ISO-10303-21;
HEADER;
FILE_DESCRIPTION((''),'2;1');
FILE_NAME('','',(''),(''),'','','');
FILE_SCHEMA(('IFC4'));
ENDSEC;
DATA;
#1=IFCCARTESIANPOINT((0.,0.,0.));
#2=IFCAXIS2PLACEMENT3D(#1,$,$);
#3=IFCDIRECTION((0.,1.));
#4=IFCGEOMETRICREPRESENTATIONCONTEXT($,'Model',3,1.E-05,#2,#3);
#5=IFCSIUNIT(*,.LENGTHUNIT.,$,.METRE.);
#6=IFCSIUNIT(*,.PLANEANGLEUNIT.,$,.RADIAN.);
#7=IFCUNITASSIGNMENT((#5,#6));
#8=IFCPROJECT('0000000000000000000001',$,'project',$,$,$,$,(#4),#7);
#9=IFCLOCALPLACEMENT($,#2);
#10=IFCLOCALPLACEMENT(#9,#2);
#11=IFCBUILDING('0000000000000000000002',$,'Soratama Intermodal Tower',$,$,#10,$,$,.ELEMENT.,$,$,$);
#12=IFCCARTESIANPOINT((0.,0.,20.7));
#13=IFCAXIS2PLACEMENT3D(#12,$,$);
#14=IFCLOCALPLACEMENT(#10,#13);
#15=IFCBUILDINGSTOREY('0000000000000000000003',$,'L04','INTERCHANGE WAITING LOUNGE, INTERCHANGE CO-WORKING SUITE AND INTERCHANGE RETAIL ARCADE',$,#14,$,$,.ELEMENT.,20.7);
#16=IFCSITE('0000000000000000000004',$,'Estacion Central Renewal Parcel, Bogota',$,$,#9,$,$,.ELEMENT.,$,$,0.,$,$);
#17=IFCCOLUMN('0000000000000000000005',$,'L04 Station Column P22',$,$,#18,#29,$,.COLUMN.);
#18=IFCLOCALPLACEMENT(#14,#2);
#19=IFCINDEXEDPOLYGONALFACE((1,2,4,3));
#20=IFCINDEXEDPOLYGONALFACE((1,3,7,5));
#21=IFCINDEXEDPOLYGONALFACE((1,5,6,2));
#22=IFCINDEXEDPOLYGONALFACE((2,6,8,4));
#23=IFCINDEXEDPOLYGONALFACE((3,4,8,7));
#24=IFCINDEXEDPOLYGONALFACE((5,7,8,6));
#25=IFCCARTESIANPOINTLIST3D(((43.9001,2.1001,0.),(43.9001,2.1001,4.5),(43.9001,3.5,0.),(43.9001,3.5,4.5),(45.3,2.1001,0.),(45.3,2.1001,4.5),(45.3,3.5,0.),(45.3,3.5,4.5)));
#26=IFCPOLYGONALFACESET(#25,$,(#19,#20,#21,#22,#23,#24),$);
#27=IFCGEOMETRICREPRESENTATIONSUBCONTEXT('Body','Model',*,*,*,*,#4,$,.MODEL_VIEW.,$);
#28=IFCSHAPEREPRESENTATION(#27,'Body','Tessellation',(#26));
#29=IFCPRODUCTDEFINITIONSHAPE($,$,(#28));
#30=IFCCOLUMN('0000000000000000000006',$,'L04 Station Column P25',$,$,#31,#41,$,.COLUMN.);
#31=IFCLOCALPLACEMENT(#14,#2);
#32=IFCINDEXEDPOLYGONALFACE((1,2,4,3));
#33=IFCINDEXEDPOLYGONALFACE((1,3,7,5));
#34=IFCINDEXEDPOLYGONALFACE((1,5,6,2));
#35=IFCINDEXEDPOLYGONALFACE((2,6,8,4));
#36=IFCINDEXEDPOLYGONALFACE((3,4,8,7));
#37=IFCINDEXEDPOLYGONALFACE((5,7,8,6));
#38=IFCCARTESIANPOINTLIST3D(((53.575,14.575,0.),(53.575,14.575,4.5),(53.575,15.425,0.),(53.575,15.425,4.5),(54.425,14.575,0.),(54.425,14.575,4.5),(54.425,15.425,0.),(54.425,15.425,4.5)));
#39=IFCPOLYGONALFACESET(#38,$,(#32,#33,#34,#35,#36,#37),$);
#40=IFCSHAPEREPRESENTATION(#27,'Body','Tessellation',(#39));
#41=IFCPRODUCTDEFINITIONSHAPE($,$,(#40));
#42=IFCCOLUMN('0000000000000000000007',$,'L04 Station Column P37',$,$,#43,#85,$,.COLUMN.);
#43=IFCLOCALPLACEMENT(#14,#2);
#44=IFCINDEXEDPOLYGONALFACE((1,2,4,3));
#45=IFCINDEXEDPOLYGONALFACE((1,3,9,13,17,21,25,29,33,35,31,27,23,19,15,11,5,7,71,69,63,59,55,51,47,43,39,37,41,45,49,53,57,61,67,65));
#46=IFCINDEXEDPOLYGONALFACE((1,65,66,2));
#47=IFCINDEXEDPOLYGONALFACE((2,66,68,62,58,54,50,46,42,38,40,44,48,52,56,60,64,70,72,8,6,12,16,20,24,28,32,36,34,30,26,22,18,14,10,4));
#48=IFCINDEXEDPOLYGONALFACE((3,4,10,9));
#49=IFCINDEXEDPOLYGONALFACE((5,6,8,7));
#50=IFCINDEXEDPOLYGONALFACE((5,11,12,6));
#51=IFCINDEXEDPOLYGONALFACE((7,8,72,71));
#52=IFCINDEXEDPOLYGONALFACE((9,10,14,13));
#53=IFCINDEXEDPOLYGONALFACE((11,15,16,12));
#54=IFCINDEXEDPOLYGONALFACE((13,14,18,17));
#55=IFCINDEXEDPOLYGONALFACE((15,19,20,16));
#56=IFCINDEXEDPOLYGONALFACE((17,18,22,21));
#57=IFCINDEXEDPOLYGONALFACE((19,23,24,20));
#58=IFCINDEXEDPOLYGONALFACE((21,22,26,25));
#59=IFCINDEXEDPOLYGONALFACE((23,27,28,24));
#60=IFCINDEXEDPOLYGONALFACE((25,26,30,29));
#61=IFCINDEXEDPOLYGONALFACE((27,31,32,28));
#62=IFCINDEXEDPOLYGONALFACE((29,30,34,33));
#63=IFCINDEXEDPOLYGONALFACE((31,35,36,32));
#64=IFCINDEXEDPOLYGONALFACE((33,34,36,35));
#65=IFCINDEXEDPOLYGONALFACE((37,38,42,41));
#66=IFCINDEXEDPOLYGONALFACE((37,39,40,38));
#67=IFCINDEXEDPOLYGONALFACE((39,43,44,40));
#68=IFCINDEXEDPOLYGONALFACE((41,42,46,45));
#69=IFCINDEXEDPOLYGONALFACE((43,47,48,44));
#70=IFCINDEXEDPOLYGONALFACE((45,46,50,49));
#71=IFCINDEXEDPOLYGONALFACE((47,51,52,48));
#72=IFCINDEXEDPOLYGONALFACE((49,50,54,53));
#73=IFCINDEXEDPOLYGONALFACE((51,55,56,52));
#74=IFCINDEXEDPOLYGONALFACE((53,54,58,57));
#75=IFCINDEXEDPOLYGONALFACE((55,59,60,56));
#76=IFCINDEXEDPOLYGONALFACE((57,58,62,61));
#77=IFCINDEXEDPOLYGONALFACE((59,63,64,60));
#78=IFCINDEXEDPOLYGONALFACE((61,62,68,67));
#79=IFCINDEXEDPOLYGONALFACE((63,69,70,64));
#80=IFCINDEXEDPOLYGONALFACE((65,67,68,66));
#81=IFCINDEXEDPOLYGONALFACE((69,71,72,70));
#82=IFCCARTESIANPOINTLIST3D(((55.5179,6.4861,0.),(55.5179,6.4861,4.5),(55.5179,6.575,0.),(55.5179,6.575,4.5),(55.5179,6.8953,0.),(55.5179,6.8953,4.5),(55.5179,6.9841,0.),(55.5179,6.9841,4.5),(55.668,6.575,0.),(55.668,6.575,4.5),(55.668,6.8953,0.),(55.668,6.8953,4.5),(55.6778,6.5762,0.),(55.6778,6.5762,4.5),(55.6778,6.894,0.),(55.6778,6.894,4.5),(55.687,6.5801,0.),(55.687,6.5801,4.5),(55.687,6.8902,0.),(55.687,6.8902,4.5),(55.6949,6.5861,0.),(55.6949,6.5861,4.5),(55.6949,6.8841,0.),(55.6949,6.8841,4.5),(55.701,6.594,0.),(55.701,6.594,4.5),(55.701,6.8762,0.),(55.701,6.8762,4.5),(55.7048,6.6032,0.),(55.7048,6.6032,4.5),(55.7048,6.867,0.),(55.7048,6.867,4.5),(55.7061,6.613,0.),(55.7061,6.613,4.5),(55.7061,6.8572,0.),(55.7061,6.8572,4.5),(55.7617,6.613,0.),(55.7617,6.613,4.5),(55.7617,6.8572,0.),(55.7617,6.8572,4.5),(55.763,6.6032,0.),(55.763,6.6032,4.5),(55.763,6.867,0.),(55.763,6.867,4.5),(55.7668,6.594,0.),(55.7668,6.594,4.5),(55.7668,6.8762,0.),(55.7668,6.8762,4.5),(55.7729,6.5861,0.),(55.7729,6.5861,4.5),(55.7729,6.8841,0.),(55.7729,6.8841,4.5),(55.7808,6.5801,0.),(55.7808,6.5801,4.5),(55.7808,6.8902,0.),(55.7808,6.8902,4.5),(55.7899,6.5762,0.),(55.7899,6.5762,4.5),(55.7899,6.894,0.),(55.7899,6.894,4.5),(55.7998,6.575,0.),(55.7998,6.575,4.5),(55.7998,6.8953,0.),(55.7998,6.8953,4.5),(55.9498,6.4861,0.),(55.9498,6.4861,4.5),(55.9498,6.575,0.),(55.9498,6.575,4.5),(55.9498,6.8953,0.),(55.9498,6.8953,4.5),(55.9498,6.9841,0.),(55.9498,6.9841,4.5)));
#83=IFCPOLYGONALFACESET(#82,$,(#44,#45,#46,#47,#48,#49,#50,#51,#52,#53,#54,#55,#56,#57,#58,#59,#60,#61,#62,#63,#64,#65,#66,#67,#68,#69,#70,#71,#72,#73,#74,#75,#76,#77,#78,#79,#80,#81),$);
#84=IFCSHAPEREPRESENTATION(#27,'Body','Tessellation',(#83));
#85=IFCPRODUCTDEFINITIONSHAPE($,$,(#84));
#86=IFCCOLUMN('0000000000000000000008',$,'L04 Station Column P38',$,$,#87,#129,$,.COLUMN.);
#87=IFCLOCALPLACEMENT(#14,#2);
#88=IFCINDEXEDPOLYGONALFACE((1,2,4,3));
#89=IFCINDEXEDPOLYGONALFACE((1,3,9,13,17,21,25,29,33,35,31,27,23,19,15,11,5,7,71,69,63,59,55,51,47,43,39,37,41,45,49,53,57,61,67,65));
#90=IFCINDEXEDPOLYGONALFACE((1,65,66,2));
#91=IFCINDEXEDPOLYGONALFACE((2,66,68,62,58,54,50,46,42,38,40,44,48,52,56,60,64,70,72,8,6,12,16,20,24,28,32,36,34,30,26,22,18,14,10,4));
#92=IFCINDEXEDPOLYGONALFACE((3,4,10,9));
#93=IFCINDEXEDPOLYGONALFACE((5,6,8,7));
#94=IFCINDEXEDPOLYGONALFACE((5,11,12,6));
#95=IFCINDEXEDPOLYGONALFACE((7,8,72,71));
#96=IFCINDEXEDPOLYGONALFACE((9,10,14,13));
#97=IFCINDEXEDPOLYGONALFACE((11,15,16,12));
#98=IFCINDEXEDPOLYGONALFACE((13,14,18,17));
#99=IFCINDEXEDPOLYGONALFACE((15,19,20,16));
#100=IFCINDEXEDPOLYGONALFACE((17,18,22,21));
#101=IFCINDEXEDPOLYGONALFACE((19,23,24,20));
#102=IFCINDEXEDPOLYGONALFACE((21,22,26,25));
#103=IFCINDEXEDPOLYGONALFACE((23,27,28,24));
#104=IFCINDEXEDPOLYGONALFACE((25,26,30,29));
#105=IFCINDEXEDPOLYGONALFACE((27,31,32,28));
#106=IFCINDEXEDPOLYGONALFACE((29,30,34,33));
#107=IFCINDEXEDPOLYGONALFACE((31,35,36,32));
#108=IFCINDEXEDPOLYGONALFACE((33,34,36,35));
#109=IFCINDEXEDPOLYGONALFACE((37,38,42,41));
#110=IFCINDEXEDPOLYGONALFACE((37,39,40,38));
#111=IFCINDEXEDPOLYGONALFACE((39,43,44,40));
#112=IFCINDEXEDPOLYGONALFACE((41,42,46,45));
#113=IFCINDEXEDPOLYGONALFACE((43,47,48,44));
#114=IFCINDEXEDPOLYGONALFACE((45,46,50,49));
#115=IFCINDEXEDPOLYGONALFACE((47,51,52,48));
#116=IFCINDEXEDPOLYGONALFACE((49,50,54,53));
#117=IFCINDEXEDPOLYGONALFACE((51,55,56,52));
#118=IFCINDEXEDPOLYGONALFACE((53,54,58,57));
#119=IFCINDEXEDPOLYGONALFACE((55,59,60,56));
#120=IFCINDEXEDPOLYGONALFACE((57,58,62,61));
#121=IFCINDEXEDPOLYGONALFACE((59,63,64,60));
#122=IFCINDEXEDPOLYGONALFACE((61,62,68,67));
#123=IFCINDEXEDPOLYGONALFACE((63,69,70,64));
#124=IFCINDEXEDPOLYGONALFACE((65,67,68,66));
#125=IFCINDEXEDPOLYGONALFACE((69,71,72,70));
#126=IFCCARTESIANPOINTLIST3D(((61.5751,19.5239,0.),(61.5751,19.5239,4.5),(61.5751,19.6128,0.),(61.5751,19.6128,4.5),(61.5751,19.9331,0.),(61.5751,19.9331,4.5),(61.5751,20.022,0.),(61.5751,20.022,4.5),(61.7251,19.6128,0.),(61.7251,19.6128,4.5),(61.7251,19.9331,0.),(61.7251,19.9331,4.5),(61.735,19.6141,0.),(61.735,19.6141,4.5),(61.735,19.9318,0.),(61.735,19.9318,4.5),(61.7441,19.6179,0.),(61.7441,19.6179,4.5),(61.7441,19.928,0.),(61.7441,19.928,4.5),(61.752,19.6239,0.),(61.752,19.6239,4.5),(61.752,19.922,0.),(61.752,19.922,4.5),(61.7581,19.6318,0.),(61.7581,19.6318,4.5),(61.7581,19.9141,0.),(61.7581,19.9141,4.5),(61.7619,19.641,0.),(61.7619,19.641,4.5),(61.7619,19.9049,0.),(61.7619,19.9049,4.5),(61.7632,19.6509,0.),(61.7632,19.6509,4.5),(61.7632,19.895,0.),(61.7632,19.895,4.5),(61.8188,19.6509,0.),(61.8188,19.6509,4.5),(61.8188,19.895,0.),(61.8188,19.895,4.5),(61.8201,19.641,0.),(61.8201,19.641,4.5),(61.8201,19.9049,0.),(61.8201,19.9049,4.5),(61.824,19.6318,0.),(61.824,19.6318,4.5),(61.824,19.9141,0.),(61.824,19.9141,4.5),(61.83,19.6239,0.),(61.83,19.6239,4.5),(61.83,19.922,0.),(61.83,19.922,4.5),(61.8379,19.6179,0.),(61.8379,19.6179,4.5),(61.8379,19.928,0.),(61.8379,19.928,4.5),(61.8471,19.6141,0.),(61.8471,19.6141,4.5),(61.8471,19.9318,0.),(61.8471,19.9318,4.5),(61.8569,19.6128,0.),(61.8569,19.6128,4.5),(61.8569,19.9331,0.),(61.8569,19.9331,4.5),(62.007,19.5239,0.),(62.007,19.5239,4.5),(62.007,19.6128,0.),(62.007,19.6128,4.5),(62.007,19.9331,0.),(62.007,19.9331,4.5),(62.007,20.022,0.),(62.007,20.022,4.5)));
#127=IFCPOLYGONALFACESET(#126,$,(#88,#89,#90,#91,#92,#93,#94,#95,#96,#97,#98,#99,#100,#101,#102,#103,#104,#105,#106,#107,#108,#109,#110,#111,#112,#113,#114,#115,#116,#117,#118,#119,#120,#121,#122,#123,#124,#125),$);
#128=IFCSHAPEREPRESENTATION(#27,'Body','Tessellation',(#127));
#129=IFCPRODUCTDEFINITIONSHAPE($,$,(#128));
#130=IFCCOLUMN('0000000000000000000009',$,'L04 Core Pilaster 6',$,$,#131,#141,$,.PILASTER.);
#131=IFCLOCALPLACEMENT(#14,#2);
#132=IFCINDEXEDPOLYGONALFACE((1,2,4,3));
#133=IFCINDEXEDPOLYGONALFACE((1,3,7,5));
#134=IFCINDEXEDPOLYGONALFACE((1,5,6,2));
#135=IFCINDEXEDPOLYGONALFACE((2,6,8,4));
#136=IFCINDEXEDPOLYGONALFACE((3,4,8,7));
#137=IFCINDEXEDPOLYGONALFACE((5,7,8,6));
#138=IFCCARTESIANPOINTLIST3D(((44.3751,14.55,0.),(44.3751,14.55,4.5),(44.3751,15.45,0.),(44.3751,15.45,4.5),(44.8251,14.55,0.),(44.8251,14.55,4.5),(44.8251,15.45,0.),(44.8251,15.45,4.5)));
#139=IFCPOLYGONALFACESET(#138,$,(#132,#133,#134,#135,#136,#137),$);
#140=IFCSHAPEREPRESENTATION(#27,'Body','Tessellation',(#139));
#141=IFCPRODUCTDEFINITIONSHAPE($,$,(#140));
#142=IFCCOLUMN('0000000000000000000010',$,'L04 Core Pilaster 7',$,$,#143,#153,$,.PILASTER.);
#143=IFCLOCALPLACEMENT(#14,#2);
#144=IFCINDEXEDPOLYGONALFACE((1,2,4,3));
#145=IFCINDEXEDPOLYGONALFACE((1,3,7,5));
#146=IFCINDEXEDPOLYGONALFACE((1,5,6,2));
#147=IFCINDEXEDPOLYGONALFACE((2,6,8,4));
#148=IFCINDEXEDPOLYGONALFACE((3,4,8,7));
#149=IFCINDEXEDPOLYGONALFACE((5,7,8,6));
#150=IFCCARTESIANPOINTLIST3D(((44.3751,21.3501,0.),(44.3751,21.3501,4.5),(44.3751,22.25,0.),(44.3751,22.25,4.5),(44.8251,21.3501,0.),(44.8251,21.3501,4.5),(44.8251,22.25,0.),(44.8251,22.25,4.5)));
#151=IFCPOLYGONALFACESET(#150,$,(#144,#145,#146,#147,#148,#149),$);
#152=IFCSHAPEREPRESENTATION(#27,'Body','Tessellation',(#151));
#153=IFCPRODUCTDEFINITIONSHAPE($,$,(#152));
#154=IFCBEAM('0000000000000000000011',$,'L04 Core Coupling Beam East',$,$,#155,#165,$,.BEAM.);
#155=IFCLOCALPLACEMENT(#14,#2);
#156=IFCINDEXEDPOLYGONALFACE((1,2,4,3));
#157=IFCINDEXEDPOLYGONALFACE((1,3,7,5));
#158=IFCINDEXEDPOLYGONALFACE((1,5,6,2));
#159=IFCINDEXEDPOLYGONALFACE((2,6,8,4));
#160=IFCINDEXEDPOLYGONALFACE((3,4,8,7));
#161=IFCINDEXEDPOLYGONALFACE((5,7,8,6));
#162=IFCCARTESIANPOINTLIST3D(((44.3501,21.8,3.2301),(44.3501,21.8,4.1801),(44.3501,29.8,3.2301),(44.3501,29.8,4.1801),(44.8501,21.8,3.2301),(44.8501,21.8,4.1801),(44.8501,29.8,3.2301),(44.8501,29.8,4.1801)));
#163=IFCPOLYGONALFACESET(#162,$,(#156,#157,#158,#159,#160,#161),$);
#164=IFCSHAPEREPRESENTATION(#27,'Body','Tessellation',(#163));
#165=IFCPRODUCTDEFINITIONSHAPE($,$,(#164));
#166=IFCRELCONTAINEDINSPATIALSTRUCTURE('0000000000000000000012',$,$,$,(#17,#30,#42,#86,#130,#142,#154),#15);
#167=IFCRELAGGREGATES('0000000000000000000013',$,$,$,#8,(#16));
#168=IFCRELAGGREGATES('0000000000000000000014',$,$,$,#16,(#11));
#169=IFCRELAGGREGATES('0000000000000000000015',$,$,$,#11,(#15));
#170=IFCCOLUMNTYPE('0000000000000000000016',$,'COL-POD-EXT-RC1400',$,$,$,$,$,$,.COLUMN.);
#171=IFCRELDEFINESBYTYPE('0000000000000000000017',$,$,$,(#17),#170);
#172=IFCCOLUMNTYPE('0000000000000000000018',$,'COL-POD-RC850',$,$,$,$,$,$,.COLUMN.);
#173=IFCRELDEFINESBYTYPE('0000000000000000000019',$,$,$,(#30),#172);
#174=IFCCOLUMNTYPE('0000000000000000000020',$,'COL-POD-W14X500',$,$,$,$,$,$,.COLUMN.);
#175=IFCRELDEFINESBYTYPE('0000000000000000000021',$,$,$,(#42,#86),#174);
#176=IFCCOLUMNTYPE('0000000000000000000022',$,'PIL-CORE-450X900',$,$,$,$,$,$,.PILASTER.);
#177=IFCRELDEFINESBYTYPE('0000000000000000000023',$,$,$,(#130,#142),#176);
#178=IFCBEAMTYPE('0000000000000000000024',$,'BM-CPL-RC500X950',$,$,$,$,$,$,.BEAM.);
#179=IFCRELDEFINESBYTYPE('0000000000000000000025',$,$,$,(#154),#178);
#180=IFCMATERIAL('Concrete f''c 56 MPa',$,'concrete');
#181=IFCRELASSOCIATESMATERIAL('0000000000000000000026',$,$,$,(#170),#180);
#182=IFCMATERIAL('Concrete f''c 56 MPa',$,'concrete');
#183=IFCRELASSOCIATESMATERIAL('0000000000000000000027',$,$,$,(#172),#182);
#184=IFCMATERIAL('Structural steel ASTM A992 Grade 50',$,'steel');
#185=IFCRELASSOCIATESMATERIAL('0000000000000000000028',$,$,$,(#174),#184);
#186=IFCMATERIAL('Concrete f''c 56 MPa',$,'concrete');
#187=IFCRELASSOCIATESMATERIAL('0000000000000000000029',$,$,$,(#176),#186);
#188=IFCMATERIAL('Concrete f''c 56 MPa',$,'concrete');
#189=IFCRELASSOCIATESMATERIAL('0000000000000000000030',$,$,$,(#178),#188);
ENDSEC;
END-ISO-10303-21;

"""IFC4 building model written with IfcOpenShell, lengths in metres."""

from ifc_helpers import new_model, si_unit, direction, frame, origin, origin_2d, place, context, subcontext, project, spatial, rectangle, i_section, extrude, material, material_profile, profile_set, type_object, element, save


model = new_model("IFC4")

# Units and contexts
model_context = context("Model", 3, precision=1e-05, world=origin(), true_north=direction((0.0, 1.0)))
body_context = subcontext(model_context, "Body", "Model", "MODEL_VIEW")
ifc_project = project(units=[si_unit("LENGTHUNIT", "METRE"), si_unit("PLANEANGLEUNIT", "RADIAN")], contexts=[model_context])

# Site, building, storey
site_placement = place(None, origin())
site = spatial("IfcSite", under=ifc_project, at=site_placement, Name="Estacion Central Renewal Parcel, Bogota", CompositionType="ELEMENT", RefElevation=0.0)
building_placement = place(site_placement, origin())
building = spatial("IfcBuilding", under=site, at=building_placement, Name="Soratama Intermodal Tower", CompositionType="ELEMENT")
storey_placement = place(building_placement, frame((0.0, 0.0, 20.7)))
storey = spatial("IfcBuildingStorey", under=building, at=storey_placement, Name="L04", Description="INTERCHANGE WAITING LOUNGE, INTERCHANGE CO-WORKING SUITE AND INTERCHANGE RETAIL ARCADE", CompositionType="ELEMENT", Elevation=20.7)

# Columns
ifc_material_1 = material(Name="Concrete f'c 56 MPa", Category="concrete")
ifc_material_profile_1 = material_profile(ifc_material_1, rectangle(XDim=1.3999, YDim=1.3999, at=origin_2d()), Name="RC1400X1400")
ifc_profile_set_1 = profile_set([ifc_material_profile_1], Name="Concrete f'c 56 MPa")
column_type_1 = type_object("IfcColumnType", Name="COL-POD-EXT-RC1400", PredefinedType="COLUMN", material=ifc_profile_set_1)
column_1_placement = place(storey_placement, frame((44.6001, 2.8, 0.0), z_axis=(0.0, 0.0, 1.0), x_axis=(1.0, 0.0, 0.0)))
element("IfcColumn", 1, at=column_1_placement, inside=storey, type_object=column_type_1, Name="L04 Station Column P22", PredefinedType="COLUMN", context=body_context, shape_type="SweptSolid", body=[
    extrude(rectangle(XDim=1.3999, YDim=1.3999, at=origin_2d()), origin(), (0.0, 0.0, 1.0), 4.5),
])
ifc_material_2 = material(Name="Concrete f'c 56 MPa", Category="concrete")
ifc_material_profile_2 = material_profile(ifc_material_2, rectangle(XDim=0.8501, YDim=0.8501, at=origin_2d()), Name="RC850X850")
ifc_profile_set_2 = profile_set([ifc_material_profile_2], Name="Concrete f'c 56 MPa")
column_type_2 = type_object("IfcColumnType", Name="COL-POD-RC850", PredefinedType="COLUMN", material=ifc_profile_set_2)
column_2_placement = place(storey_placement, frame((54.0, 15.0, 0.0), z_axis=(0.0, 0.0, 1.0), x_axis=(1.0, 0.0, 0.0)))
element("IfcColumn", 2, at=column_2_placement, inside=storey, type_object=column_type_2, Name="L04 Station Column P25", PredefinedType="COLUMN", context=body_context, shape_type="SweptSolid", body=[
    extrude(rectangle(XDim=0.8501, YDim=0.8501, at=origin_2d()), origin(), (0.0, 0.0, 1.0), 4.5),
])
ifc_material_3 = material(Name="Structural steel ASTM A992 Grade 50", Category="steel")
ifc_material_profile_3 = material_profile(ifc_material_3, i_section(OverallWidth=0.4319, OverallDepth=0.498, WebThickness=0.0557, FlangeThickness=0.0889, FilletRadius=0.0381, at=origin_2d()), Name="W14X500")
ifc_profile_set_3 = profile_set([ifc_material_profile_3], Name="Structural steel ASTM A992 Grade 50")
column_type_3 = type_object("IfcColumnType", Name="COL-POD-W14X500", PredefinedType="COLUMN", material=ifc_profile_set_3)
for number, where, z_axis, x_axis, name in (
    (3, (55.7339, 6.7351, 0.0), (0.0, 0.0, 1.0), (1.0, 0.0, 0.0), "L04 Station Column P37"),
    (4, (61.791, 19.7729, 0.0), (0.0, 0.0, 1.0), (1.0, 0.0, 0.0), "L04 Station Column P38"),
):
    element("IfcColumn", number, at=place(storey_placement, frame(where, z_axis=z_axis, x_axis=x_axis)), inside=storey, type_object=column_type_3, Name=name, PredefinedType="COLUMN", context=body_context, shape_type="SweptSolid", body=[
        extrude(i_section(OverallWidth=0.4319, OverallDepth=0.498, WebThickness=0.0557, FlangeThickness=0.0889, FilletRadius=0.0381, at=origin_2d()), origin(), (0.0, 0.0, 1.0), 4.5),
    ])
ifc_material_4 = material(Name="Concrete f'c 56 MPa", Category="concrete")
ifc_material_profile_4 = material_profile(ifc_material_4, rectangle(XDim=0.45, YDim=0.8999, at=origin_2d()), Name="RC450X900")
ifc_profile_set_4 = profile_set([ifc_material_profile_4], Name="Concrete f'c 56 MPa")
column_type_4 = type_object("IfcColumnType", Name="PIL-CORE-450X900", PredefinedType="PILASTER", material=ifc_profile_set_4)
for number, where, z_axis, x_axis, name in (
    (5, (44.6001, 15.0, 0.0), (0.0, 0.0, 1.0), (1.0, 0.0, 0.0), "L04 Core Pilaster 6"),
    (6, (44.6001, 21.8, 0.0), (0.0, 0.0, 1.0), (1.0, 0.0, 0.0), "L04 Core Pilaster 7"),
):
    element("IfcColumn", number, at=place(storey_placement, frame(where, z_axis=z_axis, x_axis=x_axis)), inside=storey, type_object=column_type_4, Name=name, PredefinedType="PILASTER", context=body_context, shape_type="SweptSolid", body=[
        extrude(rectangle(XDim=0.45, YDim=0.8999, at=origin_2d()), origin(), (0.0, 0.0, 1.0), 4.5),
    ])

# Beam
ifc_material_5 = material(Name="Concrete f'c 56 MPa", Category="concrete")
ifc_material_profile_5 = material_profile(ifc_material_5, rectangle(XDim=0.5, YDim=0.95, at=origin_2d()), Name="RC500X950")
ifc_profile_set_5 = profile_set([ifc_material_profile_5], Name="Concrete f'c 56 MPa")
beam_type_1 = type_object("IfcBeamType", Name="BM-CPL-RC500X950", PredefinedType="BEAM", material=ifc_profile_set_5)
beam_1_placement = place(storey_placement, frame((44.6001, 21.8, 3.7051), z_axis=(0.0, 1.0, 0.0), x_axis=(-1.0, 0.0, 0.0)))
element("IfcBeam", 7, at=beam_1_placement, inside=storey, type_object=beam_type_1, Name="L04 Core Coupling Beam East", PredefinedType="BEAM", context=body_context, shape_type="SweptSolid", body=[
    extrude(rectangle(XDim=0.5, YDim=0.95, at=origin_2d()), origin(), (0.0, 0.0, 1.0), 8.0),
])

save(model, "model.ifc")
